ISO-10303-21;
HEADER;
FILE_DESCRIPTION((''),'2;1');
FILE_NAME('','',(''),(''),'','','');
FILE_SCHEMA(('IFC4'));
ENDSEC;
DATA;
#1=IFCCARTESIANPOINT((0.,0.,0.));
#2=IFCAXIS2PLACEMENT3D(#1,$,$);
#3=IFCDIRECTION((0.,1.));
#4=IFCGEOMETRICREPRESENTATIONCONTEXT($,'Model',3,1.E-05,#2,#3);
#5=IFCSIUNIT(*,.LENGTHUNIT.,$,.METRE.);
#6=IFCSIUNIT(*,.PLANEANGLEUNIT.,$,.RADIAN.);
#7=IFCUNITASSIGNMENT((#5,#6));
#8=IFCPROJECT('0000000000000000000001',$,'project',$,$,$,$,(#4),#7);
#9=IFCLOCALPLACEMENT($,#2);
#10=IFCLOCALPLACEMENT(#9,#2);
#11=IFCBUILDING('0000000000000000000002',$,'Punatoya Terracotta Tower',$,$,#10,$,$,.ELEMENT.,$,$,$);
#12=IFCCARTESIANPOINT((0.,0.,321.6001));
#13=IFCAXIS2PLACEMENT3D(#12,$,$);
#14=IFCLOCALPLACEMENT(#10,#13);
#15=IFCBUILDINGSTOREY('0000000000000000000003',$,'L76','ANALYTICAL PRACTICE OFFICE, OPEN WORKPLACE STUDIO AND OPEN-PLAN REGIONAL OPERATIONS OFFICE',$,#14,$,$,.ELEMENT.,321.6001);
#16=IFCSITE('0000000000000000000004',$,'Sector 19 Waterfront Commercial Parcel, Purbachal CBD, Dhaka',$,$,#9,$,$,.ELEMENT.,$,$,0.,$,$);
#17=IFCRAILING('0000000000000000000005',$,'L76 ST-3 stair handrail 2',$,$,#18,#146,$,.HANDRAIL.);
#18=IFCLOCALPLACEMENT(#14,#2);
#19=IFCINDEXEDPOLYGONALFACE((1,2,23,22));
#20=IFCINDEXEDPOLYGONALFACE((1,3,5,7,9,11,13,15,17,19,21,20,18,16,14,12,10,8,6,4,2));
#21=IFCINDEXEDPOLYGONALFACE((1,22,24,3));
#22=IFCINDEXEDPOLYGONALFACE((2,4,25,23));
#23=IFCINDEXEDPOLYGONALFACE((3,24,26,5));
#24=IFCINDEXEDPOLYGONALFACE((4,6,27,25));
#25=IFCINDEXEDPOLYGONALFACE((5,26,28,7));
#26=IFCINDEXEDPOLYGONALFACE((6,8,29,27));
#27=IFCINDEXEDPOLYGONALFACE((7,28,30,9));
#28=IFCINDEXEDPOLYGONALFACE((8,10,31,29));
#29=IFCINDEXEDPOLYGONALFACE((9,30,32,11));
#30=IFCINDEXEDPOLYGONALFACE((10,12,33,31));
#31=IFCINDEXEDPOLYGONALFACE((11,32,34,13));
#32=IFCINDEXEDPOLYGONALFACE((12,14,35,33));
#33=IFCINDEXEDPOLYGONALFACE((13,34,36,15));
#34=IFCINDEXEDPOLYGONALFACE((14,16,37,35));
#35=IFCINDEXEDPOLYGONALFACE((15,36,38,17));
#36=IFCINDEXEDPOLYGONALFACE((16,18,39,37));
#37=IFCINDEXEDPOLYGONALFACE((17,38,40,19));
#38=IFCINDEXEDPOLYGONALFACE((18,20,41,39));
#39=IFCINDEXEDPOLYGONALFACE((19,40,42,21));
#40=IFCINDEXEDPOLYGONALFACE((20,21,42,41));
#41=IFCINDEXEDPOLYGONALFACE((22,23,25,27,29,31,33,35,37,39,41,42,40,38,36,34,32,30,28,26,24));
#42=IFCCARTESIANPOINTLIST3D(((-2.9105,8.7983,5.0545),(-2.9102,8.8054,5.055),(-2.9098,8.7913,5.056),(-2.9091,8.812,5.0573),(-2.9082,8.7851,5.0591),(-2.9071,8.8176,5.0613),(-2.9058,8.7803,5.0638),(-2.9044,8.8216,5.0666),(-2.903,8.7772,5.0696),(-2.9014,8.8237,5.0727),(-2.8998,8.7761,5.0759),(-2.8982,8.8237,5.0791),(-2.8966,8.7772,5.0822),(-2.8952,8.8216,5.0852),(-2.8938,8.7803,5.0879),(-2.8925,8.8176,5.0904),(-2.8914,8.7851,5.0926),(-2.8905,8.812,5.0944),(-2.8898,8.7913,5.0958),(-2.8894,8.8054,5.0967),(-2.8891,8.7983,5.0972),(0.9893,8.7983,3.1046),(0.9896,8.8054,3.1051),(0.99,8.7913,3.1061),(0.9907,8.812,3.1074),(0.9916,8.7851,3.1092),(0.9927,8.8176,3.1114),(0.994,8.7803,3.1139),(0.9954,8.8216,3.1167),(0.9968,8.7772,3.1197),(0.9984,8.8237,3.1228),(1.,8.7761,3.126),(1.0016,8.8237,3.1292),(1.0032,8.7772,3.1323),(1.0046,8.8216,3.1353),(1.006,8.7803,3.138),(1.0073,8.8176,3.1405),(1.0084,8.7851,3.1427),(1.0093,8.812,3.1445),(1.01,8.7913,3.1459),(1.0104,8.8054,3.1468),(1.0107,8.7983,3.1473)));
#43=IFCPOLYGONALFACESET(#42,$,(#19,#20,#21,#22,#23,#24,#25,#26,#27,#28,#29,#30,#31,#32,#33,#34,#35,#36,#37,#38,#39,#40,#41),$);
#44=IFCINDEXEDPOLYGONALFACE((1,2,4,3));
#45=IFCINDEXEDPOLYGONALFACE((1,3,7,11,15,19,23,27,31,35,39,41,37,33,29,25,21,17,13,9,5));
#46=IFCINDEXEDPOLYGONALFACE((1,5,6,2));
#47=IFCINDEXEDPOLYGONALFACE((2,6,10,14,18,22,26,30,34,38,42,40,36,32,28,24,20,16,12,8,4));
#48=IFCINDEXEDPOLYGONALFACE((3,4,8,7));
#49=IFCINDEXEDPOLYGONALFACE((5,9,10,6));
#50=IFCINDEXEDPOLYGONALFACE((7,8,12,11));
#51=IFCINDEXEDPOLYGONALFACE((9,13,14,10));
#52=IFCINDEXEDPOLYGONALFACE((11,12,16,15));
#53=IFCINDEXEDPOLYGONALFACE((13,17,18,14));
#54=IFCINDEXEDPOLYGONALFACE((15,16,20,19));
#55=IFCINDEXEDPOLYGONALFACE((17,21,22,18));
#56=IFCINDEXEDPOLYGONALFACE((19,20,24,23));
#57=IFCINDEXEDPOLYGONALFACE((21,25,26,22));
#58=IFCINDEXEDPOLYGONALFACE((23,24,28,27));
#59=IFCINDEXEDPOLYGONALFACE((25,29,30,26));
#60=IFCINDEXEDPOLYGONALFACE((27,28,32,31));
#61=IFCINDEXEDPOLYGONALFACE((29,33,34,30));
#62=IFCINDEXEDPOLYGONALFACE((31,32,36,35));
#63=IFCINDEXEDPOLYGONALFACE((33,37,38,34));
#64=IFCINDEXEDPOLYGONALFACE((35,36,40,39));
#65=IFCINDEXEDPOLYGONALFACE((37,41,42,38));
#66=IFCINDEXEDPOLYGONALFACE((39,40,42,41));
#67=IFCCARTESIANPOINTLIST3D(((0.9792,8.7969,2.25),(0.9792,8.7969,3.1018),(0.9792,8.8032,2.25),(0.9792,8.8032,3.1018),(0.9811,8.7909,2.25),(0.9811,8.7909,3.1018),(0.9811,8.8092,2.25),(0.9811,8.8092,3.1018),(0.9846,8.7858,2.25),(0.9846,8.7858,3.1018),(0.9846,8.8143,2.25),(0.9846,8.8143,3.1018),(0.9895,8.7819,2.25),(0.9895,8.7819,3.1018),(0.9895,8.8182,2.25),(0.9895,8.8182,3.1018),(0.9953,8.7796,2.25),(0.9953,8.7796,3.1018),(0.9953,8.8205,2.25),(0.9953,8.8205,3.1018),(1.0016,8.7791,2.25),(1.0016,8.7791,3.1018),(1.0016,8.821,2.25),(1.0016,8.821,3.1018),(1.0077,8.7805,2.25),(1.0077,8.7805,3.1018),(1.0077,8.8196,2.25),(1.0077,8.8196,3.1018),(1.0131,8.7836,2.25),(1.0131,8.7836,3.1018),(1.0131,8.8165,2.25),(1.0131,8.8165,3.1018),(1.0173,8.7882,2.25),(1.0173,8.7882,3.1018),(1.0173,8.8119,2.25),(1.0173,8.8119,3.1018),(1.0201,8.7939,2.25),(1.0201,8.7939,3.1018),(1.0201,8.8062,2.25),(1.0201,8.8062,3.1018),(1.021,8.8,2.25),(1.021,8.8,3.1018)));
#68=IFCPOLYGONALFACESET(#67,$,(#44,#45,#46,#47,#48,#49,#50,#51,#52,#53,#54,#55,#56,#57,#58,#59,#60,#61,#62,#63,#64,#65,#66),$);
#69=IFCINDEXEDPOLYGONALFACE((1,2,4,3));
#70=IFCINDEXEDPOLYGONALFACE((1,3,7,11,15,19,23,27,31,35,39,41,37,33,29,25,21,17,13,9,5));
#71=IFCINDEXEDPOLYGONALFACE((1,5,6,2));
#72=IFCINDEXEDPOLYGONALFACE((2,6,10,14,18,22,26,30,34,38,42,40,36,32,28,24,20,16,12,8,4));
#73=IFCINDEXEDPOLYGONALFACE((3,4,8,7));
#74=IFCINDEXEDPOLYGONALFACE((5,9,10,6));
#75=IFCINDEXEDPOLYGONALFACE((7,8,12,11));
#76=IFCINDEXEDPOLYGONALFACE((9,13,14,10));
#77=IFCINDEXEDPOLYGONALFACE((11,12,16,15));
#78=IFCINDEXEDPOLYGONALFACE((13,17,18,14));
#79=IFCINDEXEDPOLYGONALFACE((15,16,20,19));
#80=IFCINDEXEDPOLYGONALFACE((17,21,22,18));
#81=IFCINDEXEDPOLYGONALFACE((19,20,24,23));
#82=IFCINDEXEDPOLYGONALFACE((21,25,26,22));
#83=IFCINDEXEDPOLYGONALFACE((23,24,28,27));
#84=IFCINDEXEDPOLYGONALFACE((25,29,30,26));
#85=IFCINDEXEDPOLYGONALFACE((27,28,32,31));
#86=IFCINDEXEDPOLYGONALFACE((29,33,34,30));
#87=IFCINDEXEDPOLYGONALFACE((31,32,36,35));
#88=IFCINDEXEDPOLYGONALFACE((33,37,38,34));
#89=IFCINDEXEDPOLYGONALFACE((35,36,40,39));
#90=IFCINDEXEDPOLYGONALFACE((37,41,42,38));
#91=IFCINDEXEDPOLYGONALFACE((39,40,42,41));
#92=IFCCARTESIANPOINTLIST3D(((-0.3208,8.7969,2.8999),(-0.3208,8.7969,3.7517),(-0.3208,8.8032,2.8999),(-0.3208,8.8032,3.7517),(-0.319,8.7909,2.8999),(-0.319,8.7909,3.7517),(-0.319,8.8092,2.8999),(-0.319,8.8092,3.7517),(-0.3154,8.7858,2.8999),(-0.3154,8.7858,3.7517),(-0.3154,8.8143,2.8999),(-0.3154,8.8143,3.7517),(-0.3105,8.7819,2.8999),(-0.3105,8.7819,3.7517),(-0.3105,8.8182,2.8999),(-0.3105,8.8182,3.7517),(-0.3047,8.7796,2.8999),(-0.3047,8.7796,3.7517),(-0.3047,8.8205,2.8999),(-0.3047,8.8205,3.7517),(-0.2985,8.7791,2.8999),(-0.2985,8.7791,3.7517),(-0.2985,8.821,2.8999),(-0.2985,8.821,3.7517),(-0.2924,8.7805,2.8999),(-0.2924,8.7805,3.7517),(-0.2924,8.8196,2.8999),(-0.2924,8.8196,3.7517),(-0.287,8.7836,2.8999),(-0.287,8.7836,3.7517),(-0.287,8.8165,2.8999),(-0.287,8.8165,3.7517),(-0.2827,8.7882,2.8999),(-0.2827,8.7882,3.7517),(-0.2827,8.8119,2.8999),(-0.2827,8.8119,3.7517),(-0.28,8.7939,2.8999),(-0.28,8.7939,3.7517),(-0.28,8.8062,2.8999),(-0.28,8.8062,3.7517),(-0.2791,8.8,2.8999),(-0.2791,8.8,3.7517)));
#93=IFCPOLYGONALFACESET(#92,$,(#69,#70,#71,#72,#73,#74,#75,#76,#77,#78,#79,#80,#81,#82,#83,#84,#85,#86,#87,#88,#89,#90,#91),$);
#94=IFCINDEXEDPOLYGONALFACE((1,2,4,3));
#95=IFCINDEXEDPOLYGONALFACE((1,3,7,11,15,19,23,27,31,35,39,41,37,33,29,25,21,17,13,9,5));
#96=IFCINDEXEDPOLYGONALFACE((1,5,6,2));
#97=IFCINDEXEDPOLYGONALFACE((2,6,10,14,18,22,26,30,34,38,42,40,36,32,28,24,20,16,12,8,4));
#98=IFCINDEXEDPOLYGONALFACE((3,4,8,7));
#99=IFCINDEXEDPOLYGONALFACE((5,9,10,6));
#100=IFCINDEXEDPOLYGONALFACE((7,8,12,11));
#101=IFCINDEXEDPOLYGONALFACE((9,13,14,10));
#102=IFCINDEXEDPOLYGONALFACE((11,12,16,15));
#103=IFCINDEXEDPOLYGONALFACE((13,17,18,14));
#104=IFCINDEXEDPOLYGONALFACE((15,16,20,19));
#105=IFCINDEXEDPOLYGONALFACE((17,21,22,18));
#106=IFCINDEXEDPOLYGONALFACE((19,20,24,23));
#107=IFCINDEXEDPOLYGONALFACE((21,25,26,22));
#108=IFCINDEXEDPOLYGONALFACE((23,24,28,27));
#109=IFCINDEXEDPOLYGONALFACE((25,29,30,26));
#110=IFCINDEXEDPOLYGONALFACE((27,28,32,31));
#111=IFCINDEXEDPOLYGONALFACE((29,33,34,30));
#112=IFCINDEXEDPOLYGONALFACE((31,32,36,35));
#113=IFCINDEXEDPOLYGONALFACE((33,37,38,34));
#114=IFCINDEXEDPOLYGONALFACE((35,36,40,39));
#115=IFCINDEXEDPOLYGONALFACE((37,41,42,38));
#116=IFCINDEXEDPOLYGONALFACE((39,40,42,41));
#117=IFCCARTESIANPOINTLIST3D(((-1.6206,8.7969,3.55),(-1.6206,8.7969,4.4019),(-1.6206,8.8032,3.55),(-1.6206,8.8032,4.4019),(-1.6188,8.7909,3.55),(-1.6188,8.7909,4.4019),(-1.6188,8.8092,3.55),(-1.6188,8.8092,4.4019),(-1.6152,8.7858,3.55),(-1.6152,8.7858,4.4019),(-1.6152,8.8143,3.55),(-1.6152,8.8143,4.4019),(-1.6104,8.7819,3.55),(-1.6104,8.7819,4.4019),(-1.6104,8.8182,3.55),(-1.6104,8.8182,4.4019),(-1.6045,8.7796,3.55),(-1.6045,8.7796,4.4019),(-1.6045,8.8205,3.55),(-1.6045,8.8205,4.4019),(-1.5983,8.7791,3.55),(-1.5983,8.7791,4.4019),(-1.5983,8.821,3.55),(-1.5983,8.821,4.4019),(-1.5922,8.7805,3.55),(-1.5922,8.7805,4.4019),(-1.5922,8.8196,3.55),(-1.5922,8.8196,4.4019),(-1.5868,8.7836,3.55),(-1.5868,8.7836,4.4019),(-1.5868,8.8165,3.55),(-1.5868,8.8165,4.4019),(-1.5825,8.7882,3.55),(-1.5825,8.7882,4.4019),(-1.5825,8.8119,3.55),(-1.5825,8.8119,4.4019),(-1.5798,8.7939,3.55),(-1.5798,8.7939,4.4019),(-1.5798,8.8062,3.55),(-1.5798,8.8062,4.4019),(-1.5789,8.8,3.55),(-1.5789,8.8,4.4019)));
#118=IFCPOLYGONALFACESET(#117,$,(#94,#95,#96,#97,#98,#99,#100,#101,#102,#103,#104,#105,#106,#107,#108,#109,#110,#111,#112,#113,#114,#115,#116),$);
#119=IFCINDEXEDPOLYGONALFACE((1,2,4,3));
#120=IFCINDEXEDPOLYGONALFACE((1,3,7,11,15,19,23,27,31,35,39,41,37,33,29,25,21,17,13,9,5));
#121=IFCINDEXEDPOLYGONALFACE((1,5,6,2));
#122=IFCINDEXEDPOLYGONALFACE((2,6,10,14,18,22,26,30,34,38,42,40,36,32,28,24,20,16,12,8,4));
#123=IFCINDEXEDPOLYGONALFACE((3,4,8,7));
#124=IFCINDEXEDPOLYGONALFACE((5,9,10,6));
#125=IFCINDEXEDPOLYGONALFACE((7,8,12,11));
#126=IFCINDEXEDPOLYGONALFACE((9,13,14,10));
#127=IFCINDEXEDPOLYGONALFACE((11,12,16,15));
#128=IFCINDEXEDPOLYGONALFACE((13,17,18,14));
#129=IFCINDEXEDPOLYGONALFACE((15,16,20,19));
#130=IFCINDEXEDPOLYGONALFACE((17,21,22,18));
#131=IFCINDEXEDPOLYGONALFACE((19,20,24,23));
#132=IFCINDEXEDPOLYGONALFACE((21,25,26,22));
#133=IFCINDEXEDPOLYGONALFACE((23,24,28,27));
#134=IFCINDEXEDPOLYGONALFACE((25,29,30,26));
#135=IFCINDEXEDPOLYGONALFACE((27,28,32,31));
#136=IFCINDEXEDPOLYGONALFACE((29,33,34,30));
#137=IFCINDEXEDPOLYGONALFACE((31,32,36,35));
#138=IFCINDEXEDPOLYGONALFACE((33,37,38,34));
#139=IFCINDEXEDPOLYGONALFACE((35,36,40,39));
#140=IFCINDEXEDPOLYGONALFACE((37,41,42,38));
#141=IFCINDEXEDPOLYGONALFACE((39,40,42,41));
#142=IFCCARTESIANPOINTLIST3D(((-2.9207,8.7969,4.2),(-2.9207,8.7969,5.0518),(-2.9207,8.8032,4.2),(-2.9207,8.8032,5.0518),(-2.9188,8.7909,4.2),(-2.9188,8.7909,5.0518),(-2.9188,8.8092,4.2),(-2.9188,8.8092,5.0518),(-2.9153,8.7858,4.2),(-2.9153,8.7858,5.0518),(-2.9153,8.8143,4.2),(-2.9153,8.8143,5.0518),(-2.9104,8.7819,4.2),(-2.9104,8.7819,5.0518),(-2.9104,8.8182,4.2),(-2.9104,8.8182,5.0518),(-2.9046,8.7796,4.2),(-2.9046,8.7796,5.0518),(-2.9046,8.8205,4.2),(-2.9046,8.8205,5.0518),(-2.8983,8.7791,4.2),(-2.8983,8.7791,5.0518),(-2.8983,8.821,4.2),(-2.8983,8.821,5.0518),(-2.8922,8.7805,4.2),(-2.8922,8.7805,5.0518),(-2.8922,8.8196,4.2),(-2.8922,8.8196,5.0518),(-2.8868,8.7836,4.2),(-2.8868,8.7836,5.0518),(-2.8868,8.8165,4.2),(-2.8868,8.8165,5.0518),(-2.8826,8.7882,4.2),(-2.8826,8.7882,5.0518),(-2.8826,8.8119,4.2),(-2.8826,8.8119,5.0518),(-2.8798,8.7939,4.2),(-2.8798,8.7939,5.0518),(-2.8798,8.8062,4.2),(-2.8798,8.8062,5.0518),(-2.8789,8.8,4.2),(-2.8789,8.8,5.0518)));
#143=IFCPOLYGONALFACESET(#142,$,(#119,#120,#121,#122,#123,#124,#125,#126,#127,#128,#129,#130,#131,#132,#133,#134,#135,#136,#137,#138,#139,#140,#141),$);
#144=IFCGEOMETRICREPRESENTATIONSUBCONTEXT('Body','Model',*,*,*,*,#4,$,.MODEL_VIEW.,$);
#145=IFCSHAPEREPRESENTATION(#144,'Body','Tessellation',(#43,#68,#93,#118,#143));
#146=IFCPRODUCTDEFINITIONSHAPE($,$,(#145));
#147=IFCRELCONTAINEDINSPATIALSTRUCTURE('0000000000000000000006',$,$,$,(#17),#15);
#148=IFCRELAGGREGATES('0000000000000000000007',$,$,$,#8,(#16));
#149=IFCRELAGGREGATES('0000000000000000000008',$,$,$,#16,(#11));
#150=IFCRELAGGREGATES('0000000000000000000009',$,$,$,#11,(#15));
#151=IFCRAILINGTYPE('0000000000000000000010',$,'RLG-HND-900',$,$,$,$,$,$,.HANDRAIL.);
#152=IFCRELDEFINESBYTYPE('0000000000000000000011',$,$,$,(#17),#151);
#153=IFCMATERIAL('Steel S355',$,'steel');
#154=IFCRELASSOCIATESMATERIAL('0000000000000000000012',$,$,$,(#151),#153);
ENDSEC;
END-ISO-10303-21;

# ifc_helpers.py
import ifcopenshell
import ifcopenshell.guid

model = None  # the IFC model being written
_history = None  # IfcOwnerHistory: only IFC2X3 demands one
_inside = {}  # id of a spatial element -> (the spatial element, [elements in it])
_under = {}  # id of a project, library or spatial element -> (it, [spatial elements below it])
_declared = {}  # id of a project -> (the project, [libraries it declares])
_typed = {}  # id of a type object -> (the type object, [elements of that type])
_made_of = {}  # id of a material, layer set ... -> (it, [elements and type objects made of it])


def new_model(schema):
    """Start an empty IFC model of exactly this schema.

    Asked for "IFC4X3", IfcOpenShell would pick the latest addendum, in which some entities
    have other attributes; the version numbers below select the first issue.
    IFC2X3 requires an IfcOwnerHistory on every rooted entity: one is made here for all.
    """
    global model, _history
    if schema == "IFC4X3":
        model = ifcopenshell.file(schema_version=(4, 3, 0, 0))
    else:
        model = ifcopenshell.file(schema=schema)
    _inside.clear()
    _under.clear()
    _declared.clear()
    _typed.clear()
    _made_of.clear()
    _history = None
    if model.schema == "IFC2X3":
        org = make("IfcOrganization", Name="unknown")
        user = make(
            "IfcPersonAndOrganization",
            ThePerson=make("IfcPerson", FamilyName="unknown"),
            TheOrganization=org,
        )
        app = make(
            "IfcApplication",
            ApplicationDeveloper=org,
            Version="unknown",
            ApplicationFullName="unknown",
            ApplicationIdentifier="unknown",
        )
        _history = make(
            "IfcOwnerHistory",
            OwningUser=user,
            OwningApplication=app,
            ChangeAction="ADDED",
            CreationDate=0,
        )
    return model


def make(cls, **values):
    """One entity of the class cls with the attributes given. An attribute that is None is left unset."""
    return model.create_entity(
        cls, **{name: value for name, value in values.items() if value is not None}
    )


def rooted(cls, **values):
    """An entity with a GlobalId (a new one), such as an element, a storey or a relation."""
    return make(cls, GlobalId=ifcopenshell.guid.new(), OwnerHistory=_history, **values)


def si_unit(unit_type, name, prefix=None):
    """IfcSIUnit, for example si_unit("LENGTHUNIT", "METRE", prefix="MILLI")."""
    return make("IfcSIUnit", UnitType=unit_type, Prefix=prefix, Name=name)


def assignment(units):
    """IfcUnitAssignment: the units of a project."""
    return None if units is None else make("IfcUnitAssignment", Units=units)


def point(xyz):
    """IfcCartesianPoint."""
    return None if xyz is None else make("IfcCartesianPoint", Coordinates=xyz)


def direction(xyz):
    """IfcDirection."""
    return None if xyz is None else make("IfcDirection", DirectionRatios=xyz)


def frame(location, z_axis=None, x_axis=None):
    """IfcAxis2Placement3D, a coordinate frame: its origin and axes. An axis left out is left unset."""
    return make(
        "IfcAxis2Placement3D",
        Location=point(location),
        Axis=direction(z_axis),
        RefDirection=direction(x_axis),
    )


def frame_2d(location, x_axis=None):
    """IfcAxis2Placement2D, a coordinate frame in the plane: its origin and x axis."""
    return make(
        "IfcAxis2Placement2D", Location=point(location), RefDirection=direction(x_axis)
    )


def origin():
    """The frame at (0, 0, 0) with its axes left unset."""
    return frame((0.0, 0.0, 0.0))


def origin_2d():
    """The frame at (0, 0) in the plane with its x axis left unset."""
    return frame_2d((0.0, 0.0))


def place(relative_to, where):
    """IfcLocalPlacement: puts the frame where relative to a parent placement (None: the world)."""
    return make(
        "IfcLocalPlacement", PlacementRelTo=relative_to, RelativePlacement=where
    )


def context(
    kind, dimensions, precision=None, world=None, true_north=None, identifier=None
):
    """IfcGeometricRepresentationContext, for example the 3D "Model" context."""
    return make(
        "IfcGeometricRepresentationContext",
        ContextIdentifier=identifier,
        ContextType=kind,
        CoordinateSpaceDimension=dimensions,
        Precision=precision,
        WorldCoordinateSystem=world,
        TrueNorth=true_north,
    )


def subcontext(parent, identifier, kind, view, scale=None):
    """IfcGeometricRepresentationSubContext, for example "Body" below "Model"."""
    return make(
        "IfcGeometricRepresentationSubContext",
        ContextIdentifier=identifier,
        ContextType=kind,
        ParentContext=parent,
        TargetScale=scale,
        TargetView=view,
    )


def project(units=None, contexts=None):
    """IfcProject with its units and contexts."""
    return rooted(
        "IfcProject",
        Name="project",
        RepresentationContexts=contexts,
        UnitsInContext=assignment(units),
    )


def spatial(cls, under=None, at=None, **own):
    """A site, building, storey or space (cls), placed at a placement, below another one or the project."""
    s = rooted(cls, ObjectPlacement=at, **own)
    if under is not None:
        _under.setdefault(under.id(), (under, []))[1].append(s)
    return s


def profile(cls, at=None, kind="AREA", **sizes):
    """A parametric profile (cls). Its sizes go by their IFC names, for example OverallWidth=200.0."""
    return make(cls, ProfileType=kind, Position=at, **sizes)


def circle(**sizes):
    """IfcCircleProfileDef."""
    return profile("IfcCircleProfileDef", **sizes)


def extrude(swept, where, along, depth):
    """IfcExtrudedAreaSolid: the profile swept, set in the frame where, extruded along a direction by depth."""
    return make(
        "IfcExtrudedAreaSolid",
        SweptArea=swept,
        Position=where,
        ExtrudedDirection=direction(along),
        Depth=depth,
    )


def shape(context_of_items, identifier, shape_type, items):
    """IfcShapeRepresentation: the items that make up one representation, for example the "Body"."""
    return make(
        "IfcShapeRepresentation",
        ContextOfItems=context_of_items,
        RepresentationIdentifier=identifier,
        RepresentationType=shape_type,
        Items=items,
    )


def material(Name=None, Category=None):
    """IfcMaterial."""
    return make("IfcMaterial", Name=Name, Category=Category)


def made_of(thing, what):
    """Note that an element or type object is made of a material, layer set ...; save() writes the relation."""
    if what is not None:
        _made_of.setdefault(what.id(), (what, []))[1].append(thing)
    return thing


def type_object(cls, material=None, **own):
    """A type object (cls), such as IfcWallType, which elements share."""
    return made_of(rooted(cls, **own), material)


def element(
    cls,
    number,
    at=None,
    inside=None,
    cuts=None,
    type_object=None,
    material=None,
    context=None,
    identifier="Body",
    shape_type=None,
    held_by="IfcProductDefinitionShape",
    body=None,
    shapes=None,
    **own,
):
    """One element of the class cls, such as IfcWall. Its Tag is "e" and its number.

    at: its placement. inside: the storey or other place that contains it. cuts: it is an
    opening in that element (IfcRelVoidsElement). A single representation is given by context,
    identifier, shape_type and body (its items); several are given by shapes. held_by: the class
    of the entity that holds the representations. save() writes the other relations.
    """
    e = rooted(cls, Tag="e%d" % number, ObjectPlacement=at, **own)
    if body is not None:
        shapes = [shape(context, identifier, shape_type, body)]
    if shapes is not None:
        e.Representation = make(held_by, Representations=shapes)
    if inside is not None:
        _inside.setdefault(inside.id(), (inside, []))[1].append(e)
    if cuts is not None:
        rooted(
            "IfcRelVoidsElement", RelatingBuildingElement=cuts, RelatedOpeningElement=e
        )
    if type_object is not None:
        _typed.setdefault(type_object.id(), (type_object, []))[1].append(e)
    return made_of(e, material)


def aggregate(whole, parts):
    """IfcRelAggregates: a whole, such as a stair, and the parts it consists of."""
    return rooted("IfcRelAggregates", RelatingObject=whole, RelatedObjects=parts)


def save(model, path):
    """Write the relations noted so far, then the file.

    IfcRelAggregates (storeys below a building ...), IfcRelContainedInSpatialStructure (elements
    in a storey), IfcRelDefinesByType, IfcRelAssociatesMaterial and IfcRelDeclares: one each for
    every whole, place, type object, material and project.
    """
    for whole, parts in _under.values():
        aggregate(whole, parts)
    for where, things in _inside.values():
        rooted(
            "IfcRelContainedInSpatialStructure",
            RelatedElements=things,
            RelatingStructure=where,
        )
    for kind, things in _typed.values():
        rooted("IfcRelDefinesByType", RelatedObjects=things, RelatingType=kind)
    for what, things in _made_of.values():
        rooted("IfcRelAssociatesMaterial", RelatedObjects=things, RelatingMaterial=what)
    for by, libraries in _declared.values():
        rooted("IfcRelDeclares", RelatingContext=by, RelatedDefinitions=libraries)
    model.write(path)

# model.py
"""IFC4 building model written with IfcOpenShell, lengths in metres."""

from ifc_helpers import new_model, si_unit, direction, frame, origin, origin_2d, place, context, subcontext, project, spatial, circle, extrude, material, type_object, element, save


model = new_model("IFC4")

# Units and contexts
model_context = context("Model", 3, precision=1e-05, world=origin(), true_north=direction((0.0, 1.0)))
body_context = subcontext(model_context, "Body", "Model", "MODEL_VIEW")
ifc_project = project(units=[si_unit("LENGTHUNIT", "METRE"), si_unit("PLANEANGLEUNIT", "RADIAN")], contexts=[model_context])

# Site, building, storey
site_placement = place(None, origin())
site = spatial("IfcSite", under=ifc_project, at=site_placement, Name="Sector 19 Waterfront Commercial Parcel, Purbachal CBD, Dhaka", CompositionType="ELEMENT", RefElevation=0.0)
building_placement = place(site_placement, origin())
building = spatial("IfcBuilding", under=site, at=building_placement, Name="Punatoya Terracotta Tower", CompositionType="ELEMENT")
storey_placement = place(building_placement, frame((0.0, 0.0, 321.6001)))
storey = spatial("IfcBuildingStorey", under=building, at=storey_placement, Name="L76", Description="ANALYTICAL PRACTICE OFFICE, OPEN WORKPLACE STUDIO AND OPEN-PLAN REGIONAL OPERATIONS OFFICE", CompositionType="ELEMENT", Elevation=321.6001)

# Shared definitions
ifc_material_1 = material(Name="Steel S355", Category="steel")

# Railing
railing_type_1 = type_object("IfcRailingType", Name="RLG-HND-900", PredefinedType="HANDRAIL", material=ifc_material_1)
railing_1_placement = place(storey_placement, frame((1.0, 8.8, 2.25)))
element("IfcRailing", 1, at=railing_1_placement, inside=storey, type_object=railing_type_1, Name="L76 ST-3 stair handrail 2", PredefinedType="HANDRAIL", context=body_context, shape_type="SweptSolid", body=[
    extrude(circle(Radius=0.0239, at=origin_2d()), frame((0.0, 0.0, 0.876), z_axis=(-0.894427, 0.0, 0.447214), x_axis=(0.0, -1.0, 0.0)), (0.0, 0.0, 1.0), 4.3601),
    extrude(circle(Radius=0.021, at=origin_2d()), origin(), (0.0, 0.0, 1.0), 0.8518),
    extrude(circle(Radius=0.021, at=origin_2d()), frame((-1.3, 0.0, 0.6499)), (0.0, 0.0, 1.0), 0.8518),
    extrude(circle(Radius=0.021, at=origin_2d()), frame((-2.5999, 0.0, 1.3)), (0.0, 0.0, 1.0), 0.8518),
    extrude(circle(Radius=0.021, at=origin_2d()), frame((-3.8999, 0.0, 1.95)), (0.0, 0.0, 1.0), 0.8518),
])

save(model, "model.ifc")
